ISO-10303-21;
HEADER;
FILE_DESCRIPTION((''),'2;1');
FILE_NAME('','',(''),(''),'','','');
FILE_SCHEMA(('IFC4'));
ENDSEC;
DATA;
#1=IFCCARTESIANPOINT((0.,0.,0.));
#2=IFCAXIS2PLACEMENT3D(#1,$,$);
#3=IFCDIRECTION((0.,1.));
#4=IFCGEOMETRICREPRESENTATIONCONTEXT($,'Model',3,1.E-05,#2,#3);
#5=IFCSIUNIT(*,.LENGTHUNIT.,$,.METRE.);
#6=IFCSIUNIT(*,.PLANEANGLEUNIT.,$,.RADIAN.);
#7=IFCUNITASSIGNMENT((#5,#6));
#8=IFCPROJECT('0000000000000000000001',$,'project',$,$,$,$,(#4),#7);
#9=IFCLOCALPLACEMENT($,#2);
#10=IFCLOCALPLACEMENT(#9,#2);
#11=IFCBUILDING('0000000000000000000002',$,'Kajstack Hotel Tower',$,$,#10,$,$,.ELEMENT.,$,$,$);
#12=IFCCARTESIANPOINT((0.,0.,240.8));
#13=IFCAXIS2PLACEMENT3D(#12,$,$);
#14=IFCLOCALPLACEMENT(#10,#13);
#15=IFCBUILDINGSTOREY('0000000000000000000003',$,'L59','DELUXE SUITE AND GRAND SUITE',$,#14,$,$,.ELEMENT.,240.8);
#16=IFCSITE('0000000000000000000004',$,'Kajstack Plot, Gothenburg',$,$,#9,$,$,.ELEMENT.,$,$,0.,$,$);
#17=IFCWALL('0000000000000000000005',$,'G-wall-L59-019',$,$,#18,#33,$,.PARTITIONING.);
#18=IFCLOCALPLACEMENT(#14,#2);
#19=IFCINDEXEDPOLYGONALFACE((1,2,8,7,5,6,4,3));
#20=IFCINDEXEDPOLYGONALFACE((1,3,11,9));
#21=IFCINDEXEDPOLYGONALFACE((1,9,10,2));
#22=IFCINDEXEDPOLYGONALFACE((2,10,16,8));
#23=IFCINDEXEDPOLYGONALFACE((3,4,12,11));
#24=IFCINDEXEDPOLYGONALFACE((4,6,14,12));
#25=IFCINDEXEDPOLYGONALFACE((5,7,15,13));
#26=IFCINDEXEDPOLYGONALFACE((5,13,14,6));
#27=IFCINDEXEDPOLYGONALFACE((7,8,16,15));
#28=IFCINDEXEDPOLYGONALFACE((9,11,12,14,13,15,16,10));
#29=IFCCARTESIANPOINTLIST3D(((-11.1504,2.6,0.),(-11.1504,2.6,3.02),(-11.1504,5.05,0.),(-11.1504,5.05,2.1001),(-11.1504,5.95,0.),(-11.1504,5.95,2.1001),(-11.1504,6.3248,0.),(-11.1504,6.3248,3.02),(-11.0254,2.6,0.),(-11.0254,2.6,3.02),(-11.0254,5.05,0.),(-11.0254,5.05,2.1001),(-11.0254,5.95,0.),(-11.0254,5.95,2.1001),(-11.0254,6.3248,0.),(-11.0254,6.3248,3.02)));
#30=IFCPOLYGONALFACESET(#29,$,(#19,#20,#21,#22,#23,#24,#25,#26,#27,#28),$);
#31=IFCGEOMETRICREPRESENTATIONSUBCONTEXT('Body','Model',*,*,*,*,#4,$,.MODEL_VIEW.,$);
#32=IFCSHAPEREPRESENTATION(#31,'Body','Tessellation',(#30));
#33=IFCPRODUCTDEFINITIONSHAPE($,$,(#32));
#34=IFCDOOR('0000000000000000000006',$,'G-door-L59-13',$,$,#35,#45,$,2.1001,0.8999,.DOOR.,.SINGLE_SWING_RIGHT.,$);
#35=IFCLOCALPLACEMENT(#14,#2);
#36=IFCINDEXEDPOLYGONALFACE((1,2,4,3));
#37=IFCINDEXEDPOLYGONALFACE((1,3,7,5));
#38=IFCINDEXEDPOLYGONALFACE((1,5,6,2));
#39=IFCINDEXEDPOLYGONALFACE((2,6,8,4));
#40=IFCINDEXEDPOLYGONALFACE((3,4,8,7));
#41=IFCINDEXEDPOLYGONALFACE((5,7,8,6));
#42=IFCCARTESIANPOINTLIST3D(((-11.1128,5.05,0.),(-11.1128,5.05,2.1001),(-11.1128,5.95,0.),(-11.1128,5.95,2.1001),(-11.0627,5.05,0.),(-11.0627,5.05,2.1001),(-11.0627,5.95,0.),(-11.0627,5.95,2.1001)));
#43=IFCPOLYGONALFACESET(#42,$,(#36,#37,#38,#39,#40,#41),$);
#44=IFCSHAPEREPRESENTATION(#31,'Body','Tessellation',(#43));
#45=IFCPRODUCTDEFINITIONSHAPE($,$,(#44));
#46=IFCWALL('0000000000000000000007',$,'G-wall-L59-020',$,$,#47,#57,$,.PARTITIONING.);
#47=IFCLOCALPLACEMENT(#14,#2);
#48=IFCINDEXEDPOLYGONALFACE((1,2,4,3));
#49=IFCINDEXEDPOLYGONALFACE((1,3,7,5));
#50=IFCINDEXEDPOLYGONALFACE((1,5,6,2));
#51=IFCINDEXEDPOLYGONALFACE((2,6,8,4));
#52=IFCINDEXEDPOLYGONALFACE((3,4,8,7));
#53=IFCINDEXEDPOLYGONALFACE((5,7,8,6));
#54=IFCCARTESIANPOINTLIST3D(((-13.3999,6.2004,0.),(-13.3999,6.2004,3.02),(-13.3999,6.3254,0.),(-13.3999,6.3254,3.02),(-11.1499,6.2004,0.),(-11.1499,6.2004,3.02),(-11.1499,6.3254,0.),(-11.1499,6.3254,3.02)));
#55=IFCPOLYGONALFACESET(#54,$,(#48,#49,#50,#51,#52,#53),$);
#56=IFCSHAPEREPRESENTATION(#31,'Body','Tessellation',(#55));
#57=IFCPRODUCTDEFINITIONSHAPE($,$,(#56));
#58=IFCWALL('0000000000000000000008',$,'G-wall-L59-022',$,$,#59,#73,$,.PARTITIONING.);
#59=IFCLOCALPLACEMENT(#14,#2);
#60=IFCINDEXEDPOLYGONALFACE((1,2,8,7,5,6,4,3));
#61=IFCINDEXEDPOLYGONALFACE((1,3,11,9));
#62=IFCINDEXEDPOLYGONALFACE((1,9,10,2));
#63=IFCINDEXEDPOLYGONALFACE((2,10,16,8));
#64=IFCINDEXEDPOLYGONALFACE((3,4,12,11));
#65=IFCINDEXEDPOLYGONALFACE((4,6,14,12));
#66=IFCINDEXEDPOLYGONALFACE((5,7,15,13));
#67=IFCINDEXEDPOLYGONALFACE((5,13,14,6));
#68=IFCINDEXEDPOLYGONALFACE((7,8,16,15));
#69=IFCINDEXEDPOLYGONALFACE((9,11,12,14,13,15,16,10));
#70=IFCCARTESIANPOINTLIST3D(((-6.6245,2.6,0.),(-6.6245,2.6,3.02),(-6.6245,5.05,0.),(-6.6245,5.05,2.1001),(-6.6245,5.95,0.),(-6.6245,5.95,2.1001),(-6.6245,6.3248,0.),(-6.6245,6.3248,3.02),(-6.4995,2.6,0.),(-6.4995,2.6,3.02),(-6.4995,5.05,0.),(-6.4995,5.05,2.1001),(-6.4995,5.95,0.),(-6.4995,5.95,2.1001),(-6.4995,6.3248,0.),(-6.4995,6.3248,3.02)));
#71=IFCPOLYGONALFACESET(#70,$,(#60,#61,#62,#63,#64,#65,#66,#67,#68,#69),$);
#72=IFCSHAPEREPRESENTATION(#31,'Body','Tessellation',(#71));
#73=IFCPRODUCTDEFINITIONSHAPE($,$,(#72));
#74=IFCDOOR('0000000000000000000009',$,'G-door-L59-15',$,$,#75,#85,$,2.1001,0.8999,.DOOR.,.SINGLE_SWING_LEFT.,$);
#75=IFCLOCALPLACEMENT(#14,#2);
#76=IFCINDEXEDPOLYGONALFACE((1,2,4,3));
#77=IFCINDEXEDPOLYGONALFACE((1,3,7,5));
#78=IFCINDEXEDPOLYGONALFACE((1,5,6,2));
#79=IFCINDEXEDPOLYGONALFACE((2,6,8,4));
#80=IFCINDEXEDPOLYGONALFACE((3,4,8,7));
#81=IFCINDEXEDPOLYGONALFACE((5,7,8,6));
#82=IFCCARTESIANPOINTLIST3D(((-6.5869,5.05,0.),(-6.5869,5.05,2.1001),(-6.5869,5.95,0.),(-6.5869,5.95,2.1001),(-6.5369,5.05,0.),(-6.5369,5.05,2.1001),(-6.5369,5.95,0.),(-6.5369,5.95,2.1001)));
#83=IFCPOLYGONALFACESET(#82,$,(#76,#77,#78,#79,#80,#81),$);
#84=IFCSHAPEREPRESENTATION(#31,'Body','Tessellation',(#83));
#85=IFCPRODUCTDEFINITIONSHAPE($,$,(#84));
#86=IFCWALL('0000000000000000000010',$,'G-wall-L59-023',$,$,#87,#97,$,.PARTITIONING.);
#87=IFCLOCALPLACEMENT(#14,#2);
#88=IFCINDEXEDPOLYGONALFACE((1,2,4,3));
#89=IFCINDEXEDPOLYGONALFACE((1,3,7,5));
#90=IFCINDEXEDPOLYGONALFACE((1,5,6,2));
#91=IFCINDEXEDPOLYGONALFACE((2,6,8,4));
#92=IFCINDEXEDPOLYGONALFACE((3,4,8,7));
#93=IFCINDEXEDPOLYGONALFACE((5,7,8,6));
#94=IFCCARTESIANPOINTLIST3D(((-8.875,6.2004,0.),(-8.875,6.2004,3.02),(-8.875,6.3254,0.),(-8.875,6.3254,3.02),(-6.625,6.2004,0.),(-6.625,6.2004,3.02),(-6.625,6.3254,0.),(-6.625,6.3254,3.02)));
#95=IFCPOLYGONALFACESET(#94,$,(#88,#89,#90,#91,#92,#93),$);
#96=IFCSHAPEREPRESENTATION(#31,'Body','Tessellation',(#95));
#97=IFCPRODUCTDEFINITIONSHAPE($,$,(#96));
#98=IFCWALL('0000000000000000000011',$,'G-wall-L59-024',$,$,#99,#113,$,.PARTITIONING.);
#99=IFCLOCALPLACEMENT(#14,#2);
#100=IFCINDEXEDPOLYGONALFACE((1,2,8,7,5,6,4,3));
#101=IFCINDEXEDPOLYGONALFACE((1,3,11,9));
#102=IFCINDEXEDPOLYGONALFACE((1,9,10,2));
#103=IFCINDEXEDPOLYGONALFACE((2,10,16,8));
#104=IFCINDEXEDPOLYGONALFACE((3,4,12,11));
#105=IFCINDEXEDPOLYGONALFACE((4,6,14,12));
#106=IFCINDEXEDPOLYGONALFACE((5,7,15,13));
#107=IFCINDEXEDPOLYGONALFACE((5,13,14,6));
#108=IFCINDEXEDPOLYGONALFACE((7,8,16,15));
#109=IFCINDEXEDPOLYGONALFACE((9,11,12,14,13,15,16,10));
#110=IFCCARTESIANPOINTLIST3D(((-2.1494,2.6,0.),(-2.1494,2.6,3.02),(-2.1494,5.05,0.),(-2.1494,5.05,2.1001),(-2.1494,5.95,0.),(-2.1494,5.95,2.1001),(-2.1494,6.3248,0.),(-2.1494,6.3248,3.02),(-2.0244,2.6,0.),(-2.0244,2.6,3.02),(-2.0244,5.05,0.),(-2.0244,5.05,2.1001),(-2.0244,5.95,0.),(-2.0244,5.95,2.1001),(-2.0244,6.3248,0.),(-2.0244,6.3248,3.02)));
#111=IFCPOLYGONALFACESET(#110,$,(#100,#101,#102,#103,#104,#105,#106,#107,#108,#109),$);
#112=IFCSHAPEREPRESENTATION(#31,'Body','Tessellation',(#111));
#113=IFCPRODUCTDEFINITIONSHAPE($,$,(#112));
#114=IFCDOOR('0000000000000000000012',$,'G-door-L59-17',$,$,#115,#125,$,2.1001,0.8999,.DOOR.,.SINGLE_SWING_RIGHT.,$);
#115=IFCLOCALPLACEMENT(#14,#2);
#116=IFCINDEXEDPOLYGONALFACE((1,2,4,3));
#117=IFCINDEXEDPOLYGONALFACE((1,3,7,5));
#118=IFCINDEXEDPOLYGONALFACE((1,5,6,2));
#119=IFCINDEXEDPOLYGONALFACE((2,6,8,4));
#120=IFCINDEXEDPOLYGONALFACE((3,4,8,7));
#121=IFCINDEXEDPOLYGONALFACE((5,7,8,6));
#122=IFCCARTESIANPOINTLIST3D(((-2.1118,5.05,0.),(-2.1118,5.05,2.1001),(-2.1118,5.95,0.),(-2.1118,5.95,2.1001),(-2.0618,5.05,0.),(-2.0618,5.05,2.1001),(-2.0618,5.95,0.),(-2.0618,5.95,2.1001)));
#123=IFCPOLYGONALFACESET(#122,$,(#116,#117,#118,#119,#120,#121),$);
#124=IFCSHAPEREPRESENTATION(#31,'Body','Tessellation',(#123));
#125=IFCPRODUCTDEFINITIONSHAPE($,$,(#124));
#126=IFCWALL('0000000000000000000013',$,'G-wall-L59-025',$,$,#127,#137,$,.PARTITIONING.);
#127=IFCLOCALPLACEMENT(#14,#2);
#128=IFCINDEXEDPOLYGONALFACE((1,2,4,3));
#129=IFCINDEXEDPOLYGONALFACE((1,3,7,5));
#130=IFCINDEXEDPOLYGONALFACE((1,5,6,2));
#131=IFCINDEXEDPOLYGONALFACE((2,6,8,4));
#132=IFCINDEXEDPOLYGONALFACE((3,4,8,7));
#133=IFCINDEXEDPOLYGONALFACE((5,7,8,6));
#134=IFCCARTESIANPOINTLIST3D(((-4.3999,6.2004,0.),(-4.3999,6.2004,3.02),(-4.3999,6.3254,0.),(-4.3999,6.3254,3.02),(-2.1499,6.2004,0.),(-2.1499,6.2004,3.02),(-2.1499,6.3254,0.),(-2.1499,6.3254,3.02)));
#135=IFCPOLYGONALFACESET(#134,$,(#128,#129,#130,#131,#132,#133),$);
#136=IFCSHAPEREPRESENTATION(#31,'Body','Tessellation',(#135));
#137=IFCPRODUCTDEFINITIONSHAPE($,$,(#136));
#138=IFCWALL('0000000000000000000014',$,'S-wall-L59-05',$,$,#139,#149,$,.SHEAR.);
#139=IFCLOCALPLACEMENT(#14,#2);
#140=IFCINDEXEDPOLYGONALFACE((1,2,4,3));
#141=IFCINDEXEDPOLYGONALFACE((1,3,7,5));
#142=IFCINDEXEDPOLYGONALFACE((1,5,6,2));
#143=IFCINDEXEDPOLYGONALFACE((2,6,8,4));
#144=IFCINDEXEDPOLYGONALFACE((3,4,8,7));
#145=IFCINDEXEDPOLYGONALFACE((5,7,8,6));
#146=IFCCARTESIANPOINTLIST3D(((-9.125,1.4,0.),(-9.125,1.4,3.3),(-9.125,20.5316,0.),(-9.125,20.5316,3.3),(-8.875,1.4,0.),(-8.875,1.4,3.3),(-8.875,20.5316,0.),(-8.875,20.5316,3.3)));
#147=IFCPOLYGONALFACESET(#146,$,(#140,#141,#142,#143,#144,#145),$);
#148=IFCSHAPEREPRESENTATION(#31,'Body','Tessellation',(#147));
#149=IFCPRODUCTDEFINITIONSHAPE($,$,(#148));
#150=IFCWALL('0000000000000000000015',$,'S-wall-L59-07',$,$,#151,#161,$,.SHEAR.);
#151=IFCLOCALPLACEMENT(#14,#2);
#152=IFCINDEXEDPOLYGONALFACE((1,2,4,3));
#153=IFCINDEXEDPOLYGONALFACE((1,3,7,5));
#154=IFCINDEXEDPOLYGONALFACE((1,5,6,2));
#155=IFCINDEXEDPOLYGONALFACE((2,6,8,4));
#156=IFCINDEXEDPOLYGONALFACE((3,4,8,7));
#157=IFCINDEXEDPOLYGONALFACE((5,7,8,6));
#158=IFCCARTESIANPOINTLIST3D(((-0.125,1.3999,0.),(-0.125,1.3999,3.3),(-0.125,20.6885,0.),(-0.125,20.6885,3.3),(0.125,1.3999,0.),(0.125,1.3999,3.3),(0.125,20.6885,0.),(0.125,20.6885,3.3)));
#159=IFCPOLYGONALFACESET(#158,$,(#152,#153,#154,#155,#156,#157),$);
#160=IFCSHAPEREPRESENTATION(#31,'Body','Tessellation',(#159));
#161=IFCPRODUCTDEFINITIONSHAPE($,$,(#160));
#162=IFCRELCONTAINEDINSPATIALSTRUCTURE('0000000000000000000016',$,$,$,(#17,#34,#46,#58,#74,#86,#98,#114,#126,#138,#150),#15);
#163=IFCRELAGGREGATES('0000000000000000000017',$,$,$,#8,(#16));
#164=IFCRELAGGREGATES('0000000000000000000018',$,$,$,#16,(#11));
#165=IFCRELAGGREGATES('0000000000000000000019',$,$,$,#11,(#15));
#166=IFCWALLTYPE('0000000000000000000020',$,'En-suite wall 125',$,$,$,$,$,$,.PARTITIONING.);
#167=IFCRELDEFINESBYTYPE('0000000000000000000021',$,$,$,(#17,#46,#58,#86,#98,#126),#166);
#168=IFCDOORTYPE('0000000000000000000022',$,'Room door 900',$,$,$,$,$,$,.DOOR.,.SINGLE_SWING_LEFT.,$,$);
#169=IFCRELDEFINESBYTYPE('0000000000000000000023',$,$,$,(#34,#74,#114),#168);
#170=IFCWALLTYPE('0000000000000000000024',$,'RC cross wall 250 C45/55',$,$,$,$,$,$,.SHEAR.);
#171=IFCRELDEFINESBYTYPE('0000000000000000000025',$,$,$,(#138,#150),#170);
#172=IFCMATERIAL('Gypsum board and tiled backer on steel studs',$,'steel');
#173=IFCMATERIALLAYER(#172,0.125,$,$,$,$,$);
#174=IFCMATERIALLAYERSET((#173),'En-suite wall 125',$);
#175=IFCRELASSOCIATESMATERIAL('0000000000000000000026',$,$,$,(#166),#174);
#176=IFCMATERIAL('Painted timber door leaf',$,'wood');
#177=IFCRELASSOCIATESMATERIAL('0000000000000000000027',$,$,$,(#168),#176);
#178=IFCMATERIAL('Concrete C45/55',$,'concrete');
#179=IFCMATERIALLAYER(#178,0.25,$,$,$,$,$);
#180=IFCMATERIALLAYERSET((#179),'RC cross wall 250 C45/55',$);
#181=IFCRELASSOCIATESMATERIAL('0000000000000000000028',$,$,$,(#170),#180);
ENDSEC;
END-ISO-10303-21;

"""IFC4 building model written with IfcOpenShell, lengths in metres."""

from ifc_helpers import new_model, si_unit, direction, frame, frame_2d, origin, place, context, subcontext, project, spatial, rectangle, extrude, material, layer, layer_set, type_object, element, fill, save


model = new_model("IFC4")

# Units and contexts
model_context = context("Model", 3, precision=1e-05, world=origin(), true_north=direction((0.0, 1.0)))
body_context = subcontext(model_context, "Body", "Model", "MODEL_VIEW")
ifc_project = project(units=[si_unit("LENGTHUNIT", "METRE"), si_unit("PLANEANGLEUNIT", "RADIAN")], contexts=[model_context])

# Site, building, storey
site_placement = place(None, origin())
site = spatial("IfcSite", under=ifc_project, at=site_placement, Name="Kajstack Plot, Gothenburg", CompositionType="ELEMENT", RefElevation=0.0)
building_placement = place(site_placement, origin())
building = spatial("IfcBuilding", under=site, at=building_placement, Name="Kajstack Hotel Tower", CompositionType="ELEMENT")
storey_placement = place(building_placement, frame((0.0, 0.0, 240.8)))
storey = spatial("IfcBuildingStorey", under=building, at=storey_placement, Name="L59", Description="DELUXE SUITE AND GRAND SUITE", CompositionType="ELEMENT", Elevation=240.8)

# Wall, opening, door
ifc_material_1 = material(Name="Gypsum board and tiled backer on steel studs", Category="steel")
ifc_layer_1 = layer(ifc_material_1, 0.125)
ifc_layer_set_1 = layer_set([ifc_layer_1], Name="En-suite wall 125")
wall_type_1 = type_object("IfcWallType", Name="En-suite wall 125", PredefinedType="PARTITIONING", material=ifc_layer_set_1)
wall_1_placement = place(storey_placement, frame((-11.0879, 2.6001, 0.0), z_axis=(0.0, 0.0, 1.0), x_axis=(0.0, 1.0, 0.0)))
wall_1 = element("IfcWall", 1, at=wall_1_placement, inside=storey, type_object=wall_type_1, Name="G-wall-L59-019", PredefinedType="PARTITIONING", context=body_context, shape_type="SweptSolid", body=[
    extrude(rectangle(XDim=3.7249, YDim=0.125, at=frame_2d((1.8623, 0.0))), origin(), (0.0, 0.0, 1.0), 3.02),
])
opening_1_placement = place(wall_1_placement, frame((2.45, 0.0, 0.0)))
opening_1 = element("IfcOpeningElement", 2, at=opening_1_placement, cuts=wall_1, PredefinedType="OPENING", context=body_context, shape_type="SweptSolid", body=[
    extrude(rectangle(XDim=0.8999, YDim=2.1001, at=frame_2d((0.45, 1.05))), frame((0.0, 0.0725, 0.0), z_axis=(0.0, -1.0, 0.0), x_axis=(1.0, 0.0, 0.0)), (0.0, 0.0, 1.0), 0.145),
])
ifc_material_2 = material(Name="Painted timber door leaf", Category="wood")
door_type_1 = type_object("IfcDoorType", Name="Room door 900", OperationType="SINGLE_SWING_LEFT", PredefinedType="DOOR", material=ifc_material_2)
door_1_placement = place(opening_1_placement, origin())
door_1 = element("IfcDoor", 3, at=door_1_placement, inside=storey, type_object=door_type_1, Name="G-door-L59-13", OperationType="SINGLE_SWING_RIGHT", OverallHeight=2.1001, OverallWidth=0.8999, PredefinedType="DOOR", context=body_context, shape_type="SweptSolid", body=[
    extrude(rectangle(XDim=0.8999, YDim=2.1001, at=frame_2d((0.45, 1.05))), frame((0.0, 0.0249, 0.0), z_axis=(0.0, -1.0, 0.0), x_axis=(1.0, 0.0, 0.0)), (0.0, 0.0, 1.0), 0.05),
])
fill(opening_1, door_1)

# Wall
wall_2_placement = place(storey_placement, frame((-13.3999, 6.2629, 0.0), z_axis=(0.0, 0.0, 1.0), x_axis=(1.0, 0.0, 0.0)))
element("IfcWall", 4, at=wall_2_placement, inside=storey, type_object=wall_type_1, Name="G-wall-L59-020", PredefinedType="PARTITIONING", context=body_context, shape_type="SweptSolid", body=[
    extrude(rectangle(XDim=2.25, YDim=0.125, at=frame_2d((1.125, 0.0))), origin(), (0.0, 0.0, 1.0), 3.02),
])

# Wall, opening, door
wall_3_placement = place(storey_placement, frame((-6.562, 2.6001, 0.0), z_axis=(0.0, 0.0, 1.0), x_axis=(0.0, 1.0, 0.0)))
wall_3 = element("IfcWall", 5, at=wall_3_placement, inside=storey, type_object=wall_type_1, Name="G-wall-L59-022", PredefinedType="PARTITIONING", context=body_context, shape_type="SweptSolid", body=[
    extrude(rectangle(XDim=3.7249, YDim=0.125, at=frame_2d((1.8623, 0.0))), origin(), (0.0, 0.0, 1.0), 3.02),
])
opening_2_placement = place(wall_3_placement, frame((2.45, 0.0, 0.0)))
opening_2 = element("IfcOpeningElement", 6, at=opening_2_placement, cuts=wall_3, PredefinedType="OPENING", context=body_context, shape_type="SweptSolid", body=[
    extrude(rectangle(XDim=0.8999, YDim=2.1001, at=frame_2d((0.45, 1.05))), frame((0.0, 0.0725, 0.0), z_axis=(0.0, -1.0, 0.0), x_axis=(1.0, 0.0, 0.0)), (0.0, 0.0, 1.0), 0.145),
])
door_2_placement = place(opening_2_placement, origin())
door_2 = element("IfcDoor", 7, at=door_2_placement, inside=storey, type_object=door_type_1, Name="G-door-L59-15", OperationType="SINGLE_SWING_LEFT", OverallHeight=2.1001, OverallWidth=0.8999, PredefinedType="DOOR", context=body_context, shape_type="SweptSolid", body=[
    extrude(rectangle(XDim=0.8999, YDim=2.1001, at=frame_2d((0.45, 1.05))), frame((0.0, 0.0249, 0.0), z_axis=(0.0, -1.0, 0.0), x_axis=(1.0, 0.0, 0.0)), (0.0, 0.0, 1.0), 0.05),
])
fill(opening_2, door_2)

# Wall
wall_4_placement = place(storey_placement, frame((-8.875, 6.2629, 0.0), z_axis=(0.0, 0.0, 1.0), x_axis=(1.0, 0.0, 0.0)))
element("IfcWall", 8, at=wall_4_placement, inside=storey, type_object=wall_type_1, Name="G-wall-L59-023", PredefinedType="PARTITIONING", context=body_context, shape_type="SweptSolid", body=[
    extrude(rectangle(XDim=2.25, YDim=0.125, at=frame_2d((1.125, 0.0))), origin(), (0.0, 0.0, 1.0), 3.02),
])

# Wall, opening, door
wall_5_placement = place(storey_placement, frame((-2.0869, 2.6001, 0.0), z_axis=(0.0, 0.0, 1.0), x_axis=(0.0, 1.0, 0.0)))
wall_5 = element("IfcWall", 9, at=wall_5_placement, inside=storey, type_object=wall_type_1, Name="G-wall-L59-024", PredefinedType="PARTITIONING", context=body_context, shape_type="SweptSolid", body=[
    extrude(rectangle(XDim=3.7249, YDim=0.125, at=frame_2d((1.8623, 0.0))), origin(), (0.0, 0.0, 1.0), 3.02),
])
opening_3_placement = place(wall_5_placement, frame((2.45, 0.0, 0.0)))
opening_3 = element("IfcOpeningElement", 10, at=opening_3_placement, cuts=wall_5, PredefinedType="OPENING", context=body_context, shape_type="SweptSolid", body=[
    extrude(rectangle(XDim=0.8999, YDim=2.1001, at=frame_2d((0.45, 1.05))), frame((0.0, 0.0725, 0.0), z_axis=(0.0, -1.0, 0.0), x_axis=(1.0, 0.0, 0.0)), (0.0, 0.0, 1.0), 0.145),
])
door_3_placement = place(opening_3_placement, origin())
door_3 = element("IfcDoor", 11, at=door_3_placement, inside=storey, type_object=door_type_1, Name="G-door-L59-17", OperationType="SINGLE_SWING_RIGHT", OverallHeight=2.1001, OverallWidth=0.8999, PredefinedType="DOOR", context=body_context, shape_type="SweptSolid", body=[
    extrude(rectangle(XDim=0.8999, YDim=2.1001, at=frame_2d((0.45, 1.05))), frame((0.0, 0.0249, 0.0), z_axis=(0.0, -1.0, 0.0), x_axis=(1.0, 0.0, 0.0)), (0.0, 0.0, 1.0), 0.05),
])
fill(opening_3, door_3)

# Walls
wall_6_placement = place(storey_placement, frame((-4.3999, 6.2629, 0.0), z_axis=(0.0, 0.0, 1.0), x_axis=(1.0, 0.0, 0.0)))
element("IfcWall", 12, at=wall_6_placement, inside=storey, type_object=wall_type_1, Name="G-wall-L59-025", PredefinedType="PARTITIONING", context=body_context, shape_type="SweptSolid", body=[
    extrude(rectangle(XDim=2.25, YDim=0.125, at=frame_2d((1.125, 0.0))), origin(), (0.0, 0.0, 1.0), 3.02),
])
ifc_material_3 = material(Name="Concrete C45/55", Category="concrete")
ifc_layer_2 = layer(ifc_material_3, 0.25)
ifc_layer_set_2 = layer_set([ifc_layer_2], Name="RC cross wall 250 C45/55")
wall_type_2 = type_object("IfcWallType", Name="RC cross wall 250 C45/55", PredefinedType="SHEAR", material=ifc_layer_set_2)
wall_7_placement = place(storey_placement, frame((-9.0, 1.3999, 0.0), z_axis=(0.0, 0.0, 1.0), x_axis=(0.0, 1.0, 0.0)))
element("IfcWall", 13, at=wall_7_placement, inside=storey, type_object=wall_type_2, Name="S-wall-L59-05", PredefinedType="SHEAR", context=body_context, shape_type="SweptSolid", body=[
    extrude(rectangle(XDim=19.1316, YDim=0.25, at=frame_2d((9.5659, 0.0))), origin(), (0.0, 0.0, 1.0), 3.3),
])
wall_8_placement = place(storey_placement, frame((0.0, 1.3999, 0.0), z_axis=(0.0, 0.0, 1.0), x_axis=(0.0, 1.0, 0.0)))
element("IfcWall", 14, at=wall_8_placement, inside=storey, type_object=wall_type_2, Name="S-wall-L59-07", PredefinedType="SHEAR", context=body_context, shape_type="SweptSolid", body=[
    extrude(rectangle(XDim=19.2886, YDim=0.25, at=frame_2d((9.6443, 0.0))), origin(), (0.0, 0.0, 1.0), 3.3),
])

save(model, "model.ifc")
